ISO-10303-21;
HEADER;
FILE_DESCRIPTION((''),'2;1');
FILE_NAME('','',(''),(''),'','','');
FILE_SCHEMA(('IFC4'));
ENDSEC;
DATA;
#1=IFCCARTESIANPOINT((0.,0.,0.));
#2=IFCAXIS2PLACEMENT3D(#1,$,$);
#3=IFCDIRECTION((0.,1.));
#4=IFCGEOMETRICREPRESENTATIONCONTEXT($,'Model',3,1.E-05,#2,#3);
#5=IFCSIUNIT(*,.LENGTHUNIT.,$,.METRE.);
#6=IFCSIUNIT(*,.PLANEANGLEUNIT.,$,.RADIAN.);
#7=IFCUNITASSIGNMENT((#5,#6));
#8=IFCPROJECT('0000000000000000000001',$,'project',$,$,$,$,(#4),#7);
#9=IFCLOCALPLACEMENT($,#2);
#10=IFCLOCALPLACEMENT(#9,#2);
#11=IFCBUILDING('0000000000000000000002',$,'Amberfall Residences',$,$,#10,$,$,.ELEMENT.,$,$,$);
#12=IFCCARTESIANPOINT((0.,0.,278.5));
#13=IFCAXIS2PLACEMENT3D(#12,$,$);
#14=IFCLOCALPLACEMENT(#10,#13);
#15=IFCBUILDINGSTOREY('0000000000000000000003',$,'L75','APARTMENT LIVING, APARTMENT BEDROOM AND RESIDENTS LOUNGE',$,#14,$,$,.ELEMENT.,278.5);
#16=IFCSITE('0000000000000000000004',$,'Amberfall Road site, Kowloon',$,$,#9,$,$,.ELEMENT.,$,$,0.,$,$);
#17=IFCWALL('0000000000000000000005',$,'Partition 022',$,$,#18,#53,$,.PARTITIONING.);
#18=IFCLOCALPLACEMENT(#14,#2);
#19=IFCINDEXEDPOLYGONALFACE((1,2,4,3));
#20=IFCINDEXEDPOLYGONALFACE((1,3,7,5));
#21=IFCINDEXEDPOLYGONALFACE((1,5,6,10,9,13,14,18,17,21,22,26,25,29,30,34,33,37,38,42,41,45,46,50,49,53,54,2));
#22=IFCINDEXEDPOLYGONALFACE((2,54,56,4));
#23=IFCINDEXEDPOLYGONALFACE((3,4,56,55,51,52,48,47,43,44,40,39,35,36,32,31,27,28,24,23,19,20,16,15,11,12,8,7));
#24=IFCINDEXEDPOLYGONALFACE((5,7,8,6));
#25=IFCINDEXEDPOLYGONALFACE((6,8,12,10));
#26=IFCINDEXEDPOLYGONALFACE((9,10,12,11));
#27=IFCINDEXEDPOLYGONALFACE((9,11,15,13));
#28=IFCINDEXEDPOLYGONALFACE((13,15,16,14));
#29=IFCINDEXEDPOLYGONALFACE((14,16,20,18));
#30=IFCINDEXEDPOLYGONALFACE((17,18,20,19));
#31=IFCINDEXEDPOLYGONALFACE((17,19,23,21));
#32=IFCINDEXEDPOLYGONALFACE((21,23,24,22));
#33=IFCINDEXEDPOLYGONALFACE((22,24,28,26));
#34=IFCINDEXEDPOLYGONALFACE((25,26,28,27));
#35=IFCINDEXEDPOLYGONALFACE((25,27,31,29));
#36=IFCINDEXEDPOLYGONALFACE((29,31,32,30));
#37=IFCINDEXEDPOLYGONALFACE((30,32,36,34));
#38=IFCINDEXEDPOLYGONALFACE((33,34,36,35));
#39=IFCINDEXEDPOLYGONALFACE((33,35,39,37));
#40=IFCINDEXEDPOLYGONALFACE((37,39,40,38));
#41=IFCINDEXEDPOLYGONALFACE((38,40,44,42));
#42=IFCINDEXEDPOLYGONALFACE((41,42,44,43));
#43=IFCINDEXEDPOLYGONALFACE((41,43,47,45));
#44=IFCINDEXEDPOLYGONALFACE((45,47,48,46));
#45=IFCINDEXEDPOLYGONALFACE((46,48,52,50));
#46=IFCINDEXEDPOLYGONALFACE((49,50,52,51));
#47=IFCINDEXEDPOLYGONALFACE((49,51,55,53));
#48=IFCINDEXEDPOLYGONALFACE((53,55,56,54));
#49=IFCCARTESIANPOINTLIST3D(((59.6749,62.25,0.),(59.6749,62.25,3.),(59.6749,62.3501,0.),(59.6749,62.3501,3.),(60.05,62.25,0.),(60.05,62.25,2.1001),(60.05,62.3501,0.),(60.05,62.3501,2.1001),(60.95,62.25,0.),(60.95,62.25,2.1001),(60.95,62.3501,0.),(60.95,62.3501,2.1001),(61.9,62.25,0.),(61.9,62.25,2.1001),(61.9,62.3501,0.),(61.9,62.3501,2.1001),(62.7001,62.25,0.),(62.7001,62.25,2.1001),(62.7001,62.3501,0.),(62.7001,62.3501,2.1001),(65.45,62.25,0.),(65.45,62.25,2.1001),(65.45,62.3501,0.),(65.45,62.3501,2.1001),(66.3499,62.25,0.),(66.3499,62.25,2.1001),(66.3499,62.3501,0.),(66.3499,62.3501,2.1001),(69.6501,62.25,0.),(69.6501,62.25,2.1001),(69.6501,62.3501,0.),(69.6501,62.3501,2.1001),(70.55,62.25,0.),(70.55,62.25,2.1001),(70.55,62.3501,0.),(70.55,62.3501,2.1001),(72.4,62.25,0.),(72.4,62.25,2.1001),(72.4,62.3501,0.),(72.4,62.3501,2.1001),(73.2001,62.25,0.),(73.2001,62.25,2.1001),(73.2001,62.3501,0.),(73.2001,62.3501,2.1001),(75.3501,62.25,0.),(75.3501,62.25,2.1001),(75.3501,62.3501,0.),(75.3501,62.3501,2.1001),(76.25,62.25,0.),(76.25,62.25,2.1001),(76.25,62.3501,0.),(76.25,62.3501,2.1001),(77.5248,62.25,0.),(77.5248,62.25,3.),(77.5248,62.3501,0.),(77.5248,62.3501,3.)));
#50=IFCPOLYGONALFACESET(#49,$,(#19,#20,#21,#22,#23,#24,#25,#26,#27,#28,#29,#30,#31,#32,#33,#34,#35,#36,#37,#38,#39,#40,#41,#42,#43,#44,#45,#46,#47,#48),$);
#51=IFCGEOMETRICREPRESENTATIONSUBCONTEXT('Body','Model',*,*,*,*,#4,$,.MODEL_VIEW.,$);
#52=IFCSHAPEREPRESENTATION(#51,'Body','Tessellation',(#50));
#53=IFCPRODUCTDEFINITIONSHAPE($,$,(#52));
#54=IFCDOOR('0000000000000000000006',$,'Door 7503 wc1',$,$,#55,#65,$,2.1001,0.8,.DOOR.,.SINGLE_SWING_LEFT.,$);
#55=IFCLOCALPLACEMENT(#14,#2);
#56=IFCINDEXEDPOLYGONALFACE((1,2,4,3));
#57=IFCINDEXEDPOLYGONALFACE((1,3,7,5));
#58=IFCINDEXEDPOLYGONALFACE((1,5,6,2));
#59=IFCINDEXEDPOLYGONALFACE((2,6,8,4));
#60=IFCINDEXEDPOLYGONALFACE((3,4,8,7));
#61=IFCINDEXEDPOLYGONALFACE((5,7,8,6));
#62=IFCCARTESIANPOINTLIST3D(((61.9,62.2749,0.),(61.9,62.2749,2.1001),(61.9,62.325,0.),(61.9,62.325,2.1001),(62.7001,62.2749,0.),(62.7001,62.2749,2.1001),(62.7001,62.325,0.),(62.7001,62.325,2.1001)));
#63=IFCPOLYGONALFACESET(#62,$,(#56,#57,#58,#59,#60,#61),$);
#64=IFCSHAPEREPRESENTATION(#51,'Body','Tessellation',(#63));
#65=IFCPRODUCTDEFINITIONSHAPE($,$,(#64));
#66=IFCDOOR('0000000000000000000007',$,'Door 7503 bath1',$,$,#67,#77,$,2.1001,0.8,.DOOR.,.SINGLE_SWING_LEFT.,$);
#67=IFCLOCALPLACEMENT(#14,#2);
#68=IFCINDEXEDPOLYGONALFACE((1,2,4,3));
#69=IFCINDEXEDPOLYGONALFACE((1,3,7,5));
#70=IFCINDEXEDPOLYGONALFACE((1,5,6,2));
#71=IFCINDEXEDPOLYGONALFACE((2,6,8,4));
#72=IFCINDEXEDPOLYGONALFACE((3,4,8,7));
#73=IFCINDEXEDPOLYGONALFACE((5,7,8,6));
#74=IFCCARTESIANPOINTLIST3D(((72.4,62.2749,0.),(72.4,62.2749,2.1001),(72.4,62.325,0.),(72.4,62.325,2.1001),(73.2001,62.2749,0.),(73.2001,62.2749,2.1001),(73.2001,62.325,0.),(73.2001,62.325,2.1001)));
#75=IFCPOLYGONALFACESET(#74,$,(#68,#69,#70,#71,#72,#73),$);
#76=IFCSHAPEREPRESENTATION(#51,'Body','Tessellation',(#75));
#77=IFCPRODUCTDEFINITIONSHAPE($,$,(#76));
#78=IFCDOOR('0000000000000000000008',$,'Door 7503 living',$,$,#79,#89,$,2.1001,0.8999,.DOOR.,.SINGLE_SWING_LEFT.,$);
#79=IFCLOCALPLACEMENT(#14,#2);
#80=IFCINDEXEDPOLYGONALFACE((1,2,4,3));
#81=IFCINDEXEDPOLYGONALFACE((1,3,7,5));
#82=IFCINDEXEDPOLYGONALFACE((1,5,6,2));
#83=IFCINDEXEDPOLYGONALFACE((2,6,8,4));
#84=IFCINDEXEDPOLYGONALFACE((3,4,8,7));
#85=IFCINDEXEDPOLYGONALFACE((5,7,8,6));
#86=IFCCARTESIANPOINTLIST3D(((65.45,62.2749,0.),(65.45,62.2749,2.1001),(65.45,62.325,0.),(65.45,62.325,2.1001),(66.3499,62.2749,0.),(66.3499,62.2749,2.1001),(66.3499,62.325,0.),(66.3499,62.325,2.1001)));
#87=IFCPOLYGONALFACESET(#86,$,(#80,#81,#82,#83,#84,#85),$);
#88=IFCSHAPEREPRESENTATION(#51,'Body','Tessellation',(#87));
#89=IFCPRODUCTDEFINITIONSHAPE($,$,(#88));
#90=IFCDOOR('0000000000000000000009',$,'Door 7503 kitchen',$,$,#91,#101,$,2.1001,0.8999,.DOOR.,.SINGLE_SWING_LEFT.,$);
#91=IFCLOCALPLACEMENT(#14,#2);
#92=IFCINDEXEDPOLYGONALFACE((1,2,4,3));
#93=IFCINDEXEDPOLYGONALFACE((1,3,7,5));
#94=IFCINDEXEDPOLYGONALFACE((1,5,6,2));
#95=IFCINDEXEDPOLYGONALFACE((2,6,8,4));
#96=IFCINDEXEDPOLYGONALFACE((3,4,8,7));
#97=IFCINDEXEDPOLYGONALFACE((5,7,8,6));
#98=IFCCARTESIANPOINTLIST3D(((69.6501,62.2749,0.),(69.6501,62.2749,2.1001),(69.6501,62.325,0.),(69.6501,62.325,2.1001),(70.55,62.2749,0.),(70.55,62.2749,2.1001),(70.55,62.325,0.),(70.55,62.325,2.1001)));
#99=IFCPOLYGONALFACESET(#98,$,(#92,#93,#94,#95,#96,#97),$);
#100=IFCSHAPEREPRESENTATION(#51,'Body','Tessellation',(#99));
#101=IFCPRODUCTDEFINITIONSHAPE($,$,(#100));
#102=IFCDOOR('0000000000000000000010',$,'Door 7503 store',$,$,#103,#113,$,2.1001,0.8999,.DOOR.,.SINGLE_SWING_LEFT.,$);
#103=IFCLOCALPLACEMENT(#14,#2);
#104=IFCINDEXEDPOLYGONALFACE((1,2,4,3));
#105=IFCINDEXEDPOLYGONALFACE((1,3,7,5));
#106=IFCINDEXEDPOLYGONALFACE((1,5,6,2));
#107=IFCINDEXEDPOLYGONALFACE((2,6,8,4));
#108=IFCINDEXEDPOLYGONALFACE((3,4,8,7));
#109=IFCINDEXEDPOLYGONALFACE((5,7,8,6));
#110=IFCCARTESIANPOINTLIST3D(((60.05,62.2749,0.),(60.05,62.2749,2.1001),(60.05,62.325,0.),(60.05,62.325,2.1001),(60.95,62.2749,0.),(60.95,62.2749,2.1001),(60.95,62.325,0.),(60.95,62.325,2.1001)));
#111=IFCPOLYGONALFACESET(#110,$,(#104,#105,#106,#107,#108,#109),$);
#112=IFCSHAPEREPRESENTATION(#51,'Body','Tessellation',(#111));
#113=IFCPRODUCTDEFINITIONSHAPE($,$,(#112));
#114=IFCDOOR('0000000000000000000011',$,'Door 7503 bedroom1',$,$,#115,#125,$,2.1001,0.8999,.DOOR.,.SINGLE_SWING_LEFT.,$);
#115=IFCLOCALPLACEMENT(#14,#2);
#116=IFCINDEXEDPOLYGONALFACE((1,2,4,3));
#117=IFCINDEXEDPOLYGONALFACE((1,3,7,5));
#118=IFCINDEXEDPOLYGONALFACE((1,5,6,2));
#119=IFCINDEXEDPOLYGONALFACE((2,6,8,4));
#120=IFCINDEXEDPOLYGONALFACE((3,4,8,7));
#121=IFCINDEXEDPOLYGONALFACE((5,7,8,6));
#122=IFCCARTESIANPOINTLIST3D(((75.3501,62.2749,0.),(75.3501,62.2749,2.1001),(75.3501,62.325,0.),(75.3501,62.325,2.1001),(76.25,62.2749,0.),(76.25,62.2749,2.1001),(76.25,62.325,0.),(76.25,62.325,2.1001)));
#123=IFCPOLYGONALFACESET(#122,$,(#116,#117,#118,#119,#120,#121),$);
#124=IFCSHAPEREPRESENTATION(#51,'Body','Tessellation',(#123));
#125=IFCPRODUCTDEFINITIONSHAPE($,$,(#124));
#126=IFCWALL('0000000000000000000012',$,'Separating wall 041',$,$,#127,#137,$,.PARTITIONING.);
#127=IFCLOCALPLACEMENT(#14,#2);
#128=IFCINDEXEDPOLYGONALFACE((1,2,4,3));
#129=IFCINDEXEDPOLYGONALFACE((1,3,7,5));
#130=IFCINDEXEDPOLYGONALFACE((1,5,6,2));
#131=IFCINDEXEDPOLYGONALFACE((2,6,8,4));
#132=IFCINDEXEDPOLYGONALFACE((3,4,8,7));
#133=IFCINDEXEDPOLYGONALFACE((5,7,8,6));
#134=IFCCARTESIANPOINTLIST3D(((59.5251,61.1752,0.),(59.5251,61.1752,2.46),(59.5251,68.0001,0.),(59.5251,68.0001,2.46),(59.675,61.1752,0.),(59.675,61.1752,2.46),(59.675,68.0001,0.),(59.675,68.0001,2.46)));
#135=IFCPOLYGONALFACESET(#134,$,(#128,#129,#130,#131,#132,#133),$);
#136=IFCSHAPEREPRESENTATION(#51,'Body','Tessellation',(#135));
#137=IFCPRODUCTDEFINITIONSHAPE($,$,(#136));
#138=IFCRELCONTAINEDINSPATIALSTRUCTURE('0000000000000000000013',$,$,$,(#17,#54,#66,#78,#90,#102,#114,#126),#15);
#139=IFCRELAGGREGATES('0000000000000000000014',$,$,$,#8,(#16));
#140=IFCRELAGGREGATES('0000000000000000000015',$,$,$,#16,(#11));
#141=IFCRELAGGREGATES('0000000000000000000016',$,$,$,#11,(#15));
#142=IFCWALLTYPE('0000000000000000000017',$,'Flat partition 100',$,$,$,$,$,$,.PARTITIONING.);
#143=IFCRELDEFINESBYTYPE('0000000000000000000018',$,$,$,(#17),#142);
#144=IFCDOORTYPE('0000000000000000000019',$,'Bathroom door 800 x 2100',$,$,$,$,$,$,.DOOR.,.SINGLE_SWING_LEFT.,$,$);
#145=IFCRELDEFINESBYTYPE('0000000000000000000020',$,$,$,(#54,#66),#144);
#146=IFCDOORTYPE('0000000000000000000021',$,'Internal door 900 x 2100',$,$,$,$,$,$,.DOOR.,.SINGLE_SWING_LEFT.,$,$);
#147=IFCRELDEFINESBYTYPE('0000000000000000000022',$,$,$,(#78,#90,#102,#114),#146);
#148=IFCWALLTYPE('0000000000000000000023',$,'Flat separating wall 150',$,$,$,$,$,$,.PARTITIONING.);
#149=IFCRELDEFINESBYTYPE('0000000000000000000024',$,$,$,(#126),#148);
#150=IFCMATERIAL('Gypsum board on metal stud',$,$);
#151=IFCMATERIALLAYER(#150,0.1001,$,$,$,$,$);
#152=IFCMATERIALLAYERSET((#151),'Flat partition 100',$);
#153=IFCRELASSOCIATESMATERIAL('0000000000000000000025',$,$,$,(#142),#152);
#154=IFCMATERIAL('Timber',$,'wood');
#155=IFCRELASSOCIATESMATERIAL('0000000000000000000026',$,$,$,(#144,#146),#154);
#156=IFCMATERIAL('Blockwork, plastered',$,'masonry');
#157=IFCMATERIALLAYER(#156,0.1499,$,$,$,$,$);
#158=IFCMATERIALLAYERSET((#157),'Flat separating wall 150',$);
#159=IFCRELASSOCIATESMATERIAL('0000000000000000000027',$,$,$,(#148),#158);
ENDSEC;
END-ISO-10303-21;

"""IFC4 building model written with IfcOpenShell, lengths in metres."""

from ifc_helpers import new_model, si_unit, direction, frame, frame_2d, origin, place, context, subcontext, project, spatial, rectangle, extrude, material, layer, layer_set, type_object, element, fill, save


model = new_model("IFC4")

# Units and contexts
model_context = context("Model", 3, precision=1e-05, world=origin(), true_north=direction((0.0, 1.0)))
body_context = subcontext(model_context, "Body", "Model", "MODEL_VIEW")
ifc_project = project(units=[si_unit("LENGTHUNIT", "METRE"), si_unit("PLANEANGLEUNIT", "RADIAN")], contexts=[model_context])

# Site, building, storey
site_placement = place(None, origin())
site = spatial("IfcSite", under=ifc_project, at=site_placement, Name="Amberfall Road site, Kowloon", CompositionType="ELEMENT", RefElevation=0.0)
building_placement = place(site_placement, origin())
building = spatial("IfcBuilding", under=site, at=building_placement, Name="Amberfall Residences", CompositionType="ELEMENT")
storey_placement = place(building_placement, frame((0.0, 0.0, 278.5)))
storey = spatial("IfcBuildingStorey", under=building, at=storey_placement, Name="L75", Description="APARTMENT LIVING, APARTMENT BEDROOM AND RESIDENTS LOUNGE", CompositionType="ELEMENT", Elevation=278.5)

# Shared definitions
ifc_material_1 = material(Name="Gypsum board on metal stud")
ifc_layer_1 = layer(ifc_material_1, 0.1001)
ifc_layer_set_1 = layer_set([ifc_layer_1], Name="Flat partition 100")
wall_type_1 = type_object("IfcWallType", Name="Flat partition 100", PredefinedType="PARTITIONING", material=ifc_layer_set_1)

# Wall, openings, doors
wall_1_placement = place(storey_placement, frame((59.675, 62.3, 0.0), z_axis=(0.0, 0.0, 1.0), x_axis=(1.0, 0.0, 0.0)))
wall_1 = element("IfcWall", 1, at=wall_1_placement, inside=storey, type_object=wall_type_1, Name="Partition 022", PredefinedType="PARTITIONING", context=body_context, shape_type="SweptSolid", body=[
    extrude(rectangle(XDim=17.8499, YDim=0.1001, at=frame_2d((8.9248, 0.0))), origin(), (0.0, 0.0, 1.0), 3.0),
])
opening_1_placement = place(wall_1_placement, frame((5.7749, 0.0, 0.0)))
opening_1 = element("IfcOpeningElement", 2, at=opening_1_placement, cuts=wall_1, PredefinedType="OPENING", context=body_context, shape_type="SweptSolid", body=[
    extrude(rectangle(XDim=0.8999, YDim=2.1001, at=frame_2d((0.45, 1.05))), frame((0.0, 0.0601, 0.0), z_axis=(0.0, -1.0, 0.0), x_axis=(1.0, 0.0, 0.0)), (0.0, 0.0, 1.0), 0.1201),
])
opening_2_placement = place(wall_1_placement, frame((9.9751, 0.0, 0.0)))
opening_2 = element("IfcOpeningElement", 3, at=opening_2_placement, cuts=wall_1, PredefinedType="OPENING", context=body_context, shape_type="SweptSolid", body=[
    extrude(rectangle(XDim=0.8999, YDim=2.1001, at=frame_2d((0.45, 1.05))), frame((0.0, 0.0601, 0.0), z_axis=(0.0, -1.0, 0.0), x_axis=(1.0, 0.0, 0.0)), (0.0, 0.0, 1.0), 0.1201),
])
opening_3_placement = place(wall_1_placement, frame((0.375, 0.0, 0.0)))
opening_3 = element("IfcOpeningElement", 4, at=opening_3_placement, cuts=wall_1, PredefinedType="OPENING", context=body_context, shape_type="SweptSolid", body=[
    extrude(rectangle(XDim=0.8999, YDim=2.1001, at=frame_2d((0.45, 1.05))), frame((0.0, 0.0601, 0.0), z_axis=(0.0, -1.0, 0.0), x_axis=(1.0, 0.0, 0.0)), (0.0, 0.0, 1.0), 0.1201),
])
opening_4_placement = place(wall_1_placement, frame((2.2251, 0.0, 0.0)))
opening_4 = element("IfcOpeningElement", 5, at=opening_4_placement, cuts=wall_1, PredefinedType="OPENING", context=body_context, shape_type="SweptSolid", body=[
    extrude(rectangle(XDim=0.8, YDim=2.1001, at=frame_2d((0.3999, 1.05))), frame((0.0, 0.0601, 0.0), z_axis=(0.0, -1.0, 0.0), x_axis=(1.0, 0.0, 0.0)), (0.0, 0.0, 1.0), 0.1201),
])
opening_5_placement = place(wall_1_placement, frame((15.675, 0.0, 0.0)))
opening_5 = element("IfcOpeningElement", 6, at=opening_5_placement, cuts=wall_1, PredefinedType="OPENING", context=body_context, shape_type="SweptSolid", body=[
    extrude(rectangle(XDim=0.8999, YDim=2.1001, at=frame_2d((0.45, 1.05))), frame((0.0, 0.0601, 0.0), z_axis=(0.0, -1.0, 0.0), x_axis=(1.0, 0.0, 0.0)), (0.0, 0.0, 1.0), 0.1201),
])
opening_6_placement = place(wall_1_placement, frame((12.7251, 0.0, 0.0)))
opening_6 = element("IfcOpeningElement", 7, at=opening_6_placement, cuts=wall_1, PredefinedType="OPENING", context=body_context, shape_type="SweptSolid", body=[
    extrude(rectangle(XDim=0.8, YDim=2.1001, at=frame_2d((0.3999, 1.05))), frame((0.0, 0.0601, 0.0), z_axis=(0.0, -1.0, 0.0), x_axis=(1.0, 0.0, 0.0)), (0.0, 0.0, 1.0), 0.1201),
])
ifc_material_2 = material(Name="Timber", Category="wood")
door_type_1 = type_object("IfcDoorType", Name="Bathroom door 800 x 2100", OperationType="SINGLE_SWING_LEFT", PredefinedType="DOOR", material=ifc_material_2)
door_1_placement = place(opening_4_placement, origin())
door_1 = element("IfcDoor", 8, at=door_1_placement, inside=storey, type_object=door_type_1, Name="Door 7503 wc1", OperationType="SINGLE_SWING_LEFT", OverallHeight=2.1001, OverallWidth=0.8, PredefinedType="DOOR", context=body_context, shape_type="SweptSolid", body=[
    extrude(rectangle(XDim=0.8, YDim=2.1001, at=frame_2d((0.3999, 1.05))), frame((0.0, 0.0249, 0.0), z_axis=(0.0, -1.0, 0.0), x_axis=(1.0, 0.0, 0.0)), (0.0, 0.0, 1.0), 0.05),
])
fill(opening_4, door_1)
door_2_placement = place(opening_6_placement, origin())
door_2 = element("IfcDoor", 9, at=door_2_placement, inside=storey, type_object=door_type_1, Name="Door 7503 bath1", OperationType="SINGLE_SWING_LEFT", OverallHeight=2.1001, OverallWidth=0.8, PredefinedType="DOOR", context=body_context, shape_type="SweptSolid", body=[
    extrude(rectangle(XDim=0.8, YDim=2.1001, at=frame_2d((0.3999, 1.05))), frame((0.0, 0.0249, 0.0), z_axis=(0.0, -1.0, 0.0), x_axis=(1.0, 0.0, 0.0)), (0.0, 0.0, 1.0), 0.05),
])
fill(opening_6, door_2)
door_type_2 = type_object("IfcDoorType", Name="Internal door 900 x 2100", OperationType="SINGLE_SWING_LEFT", PredefinedType="DOOR", material=ifc_material_2)
door_3_placement = place(opening_1_placement, origin())
door_3 = element("IfcDoor", 10, at=door_3_placement, inside=storey, type_object=door_type_2, Name="Door 7503 living", OperationType="SINGLE_SWING_LEFT", OverallHeight=2.1001, OverallWidth=0.8999, PredefinedType="DOOR", context=body_context, shape_type="SweptSolid", body=[
    extrude(rectangle(XDim=0.8999, YDim=2.1001, at=frame_2d((0.45, 1.05))), frame((0.0, 0.0249, 0.0), z_axis=(0.0, -1.0, 0.0), x_axis=(1.0, 0.0, 0.0)), (0.0, 0.0, 1.0), 0.05),
])
fill(opening_1, door_3)
door_4_placement = place(opening_2_placement, origin())
door_4 = element("IfcDoor", 11, at=door_4_placement, inside=storey, type_object=door_type_2, Name="Door 7503 kitchen", OperationType="SINGLE_SWING_LEFT", OverallHeight=2.1001, OverallWidth=0.8999, PredefinedType="DOOR", context=body_context, shape_type="SweptSolid", body=[
    extrude(rectangle(XDim=0.8999, YDim=2.1001, at=frame_2d((0.45, 1.05))), frame((0.0, 0.0249, 0.0), z_axis=(0.0, -1.0, 0.0), x_axis=(1.0, 0.0, 0.0)), (0.0, 0.0, 1.0), 0.05),
])
fill(opening_2, door_4)
door_5_placement = place(opening_3_placement, origin())
door_5 = element("IfcDoor", 12, at=door_5_placement, inside=storey, type_object=door_type_2, Name="Door 7503 store", OperationType="SINGLE_SWING_LEFT", OverallHeight=2.1001, OverallWidth=0.8999, PredefinedType="DOOR", context=body_context, shape_type="SweptSolid", body=[
    extrude(rectangle(XDim=0.8999, YDim=2.1001, at=frame_2d((0.45, 1.05))), frame((0.0, 0.0249, 0.0), z_axis=(0.0, -1.0, 0.0), x_axis=(1.0, 0.0, 0.0)), (0.0, 0.0, 1.0), 0.05),
])
fill(opening_3, door_5)
door_6_placement = place(opening_5_placement, origin())
door_6 = element("IfcDoor", 13, at=door_6_placement, inside=storey, type_object=door_type_2, Name="Door 7503 bedroom1", OperationType="SINGLE_SWING_LEFT", OverallHeight=2.1001, OverallWidth=0.8999, PredefinedType="DOOR", context=body_context, shape_type="SweptSolid", body=[
    extrude(rectangle(XDim=0.8999, YDim=2.1001, at=frame_2d((0.45, 1.05))), frame((0.0, 0.0249, 0.0), z_axis=(0.0, -1.0, 0.0), x_axis=(1.0, 0.0, 0.0)), (0.0, 0.0, 1.0), 0.05),
])
fill(opening_5, door_6)

# Wall
ifc_material_3 = material(Name="Blockwork, plastered", Category="masonry")
ifc_layer_2 = layer(ifc_material_3, 0.1499)
ifc_layer_set_2 = layer_set([ifc_layer_2], Name="Flat separating wall 150")
wall_type_2 = type_object("IfcWallType", Name="Flat separating wall 150", PredefinedType="PARTITIONING", material=ifc_layer_set_2)
wall_2_placement = place(storey_placement, frame((59.6001, 61.175, 0.0), z_axis=(0.0, 0.0, 1.0), x_axis=(0.0, 1.0, 0.0)))
element("IfcWall", 14, at=wall_2_placement, inside=storey, type_object=wall_type_2, Name="Separating wall 041", PredefinedType="PARTITIONING", context=body_context, shape_type="SweptSolid", body=[
    extrude(rectangle(XDim=6.825, YDim=0.1499, at=frame_2d((3.4126, 0.0))), origin(), (0.0, 0.0, 1.0), 2.46),
])

save(model, "model.ifc")
